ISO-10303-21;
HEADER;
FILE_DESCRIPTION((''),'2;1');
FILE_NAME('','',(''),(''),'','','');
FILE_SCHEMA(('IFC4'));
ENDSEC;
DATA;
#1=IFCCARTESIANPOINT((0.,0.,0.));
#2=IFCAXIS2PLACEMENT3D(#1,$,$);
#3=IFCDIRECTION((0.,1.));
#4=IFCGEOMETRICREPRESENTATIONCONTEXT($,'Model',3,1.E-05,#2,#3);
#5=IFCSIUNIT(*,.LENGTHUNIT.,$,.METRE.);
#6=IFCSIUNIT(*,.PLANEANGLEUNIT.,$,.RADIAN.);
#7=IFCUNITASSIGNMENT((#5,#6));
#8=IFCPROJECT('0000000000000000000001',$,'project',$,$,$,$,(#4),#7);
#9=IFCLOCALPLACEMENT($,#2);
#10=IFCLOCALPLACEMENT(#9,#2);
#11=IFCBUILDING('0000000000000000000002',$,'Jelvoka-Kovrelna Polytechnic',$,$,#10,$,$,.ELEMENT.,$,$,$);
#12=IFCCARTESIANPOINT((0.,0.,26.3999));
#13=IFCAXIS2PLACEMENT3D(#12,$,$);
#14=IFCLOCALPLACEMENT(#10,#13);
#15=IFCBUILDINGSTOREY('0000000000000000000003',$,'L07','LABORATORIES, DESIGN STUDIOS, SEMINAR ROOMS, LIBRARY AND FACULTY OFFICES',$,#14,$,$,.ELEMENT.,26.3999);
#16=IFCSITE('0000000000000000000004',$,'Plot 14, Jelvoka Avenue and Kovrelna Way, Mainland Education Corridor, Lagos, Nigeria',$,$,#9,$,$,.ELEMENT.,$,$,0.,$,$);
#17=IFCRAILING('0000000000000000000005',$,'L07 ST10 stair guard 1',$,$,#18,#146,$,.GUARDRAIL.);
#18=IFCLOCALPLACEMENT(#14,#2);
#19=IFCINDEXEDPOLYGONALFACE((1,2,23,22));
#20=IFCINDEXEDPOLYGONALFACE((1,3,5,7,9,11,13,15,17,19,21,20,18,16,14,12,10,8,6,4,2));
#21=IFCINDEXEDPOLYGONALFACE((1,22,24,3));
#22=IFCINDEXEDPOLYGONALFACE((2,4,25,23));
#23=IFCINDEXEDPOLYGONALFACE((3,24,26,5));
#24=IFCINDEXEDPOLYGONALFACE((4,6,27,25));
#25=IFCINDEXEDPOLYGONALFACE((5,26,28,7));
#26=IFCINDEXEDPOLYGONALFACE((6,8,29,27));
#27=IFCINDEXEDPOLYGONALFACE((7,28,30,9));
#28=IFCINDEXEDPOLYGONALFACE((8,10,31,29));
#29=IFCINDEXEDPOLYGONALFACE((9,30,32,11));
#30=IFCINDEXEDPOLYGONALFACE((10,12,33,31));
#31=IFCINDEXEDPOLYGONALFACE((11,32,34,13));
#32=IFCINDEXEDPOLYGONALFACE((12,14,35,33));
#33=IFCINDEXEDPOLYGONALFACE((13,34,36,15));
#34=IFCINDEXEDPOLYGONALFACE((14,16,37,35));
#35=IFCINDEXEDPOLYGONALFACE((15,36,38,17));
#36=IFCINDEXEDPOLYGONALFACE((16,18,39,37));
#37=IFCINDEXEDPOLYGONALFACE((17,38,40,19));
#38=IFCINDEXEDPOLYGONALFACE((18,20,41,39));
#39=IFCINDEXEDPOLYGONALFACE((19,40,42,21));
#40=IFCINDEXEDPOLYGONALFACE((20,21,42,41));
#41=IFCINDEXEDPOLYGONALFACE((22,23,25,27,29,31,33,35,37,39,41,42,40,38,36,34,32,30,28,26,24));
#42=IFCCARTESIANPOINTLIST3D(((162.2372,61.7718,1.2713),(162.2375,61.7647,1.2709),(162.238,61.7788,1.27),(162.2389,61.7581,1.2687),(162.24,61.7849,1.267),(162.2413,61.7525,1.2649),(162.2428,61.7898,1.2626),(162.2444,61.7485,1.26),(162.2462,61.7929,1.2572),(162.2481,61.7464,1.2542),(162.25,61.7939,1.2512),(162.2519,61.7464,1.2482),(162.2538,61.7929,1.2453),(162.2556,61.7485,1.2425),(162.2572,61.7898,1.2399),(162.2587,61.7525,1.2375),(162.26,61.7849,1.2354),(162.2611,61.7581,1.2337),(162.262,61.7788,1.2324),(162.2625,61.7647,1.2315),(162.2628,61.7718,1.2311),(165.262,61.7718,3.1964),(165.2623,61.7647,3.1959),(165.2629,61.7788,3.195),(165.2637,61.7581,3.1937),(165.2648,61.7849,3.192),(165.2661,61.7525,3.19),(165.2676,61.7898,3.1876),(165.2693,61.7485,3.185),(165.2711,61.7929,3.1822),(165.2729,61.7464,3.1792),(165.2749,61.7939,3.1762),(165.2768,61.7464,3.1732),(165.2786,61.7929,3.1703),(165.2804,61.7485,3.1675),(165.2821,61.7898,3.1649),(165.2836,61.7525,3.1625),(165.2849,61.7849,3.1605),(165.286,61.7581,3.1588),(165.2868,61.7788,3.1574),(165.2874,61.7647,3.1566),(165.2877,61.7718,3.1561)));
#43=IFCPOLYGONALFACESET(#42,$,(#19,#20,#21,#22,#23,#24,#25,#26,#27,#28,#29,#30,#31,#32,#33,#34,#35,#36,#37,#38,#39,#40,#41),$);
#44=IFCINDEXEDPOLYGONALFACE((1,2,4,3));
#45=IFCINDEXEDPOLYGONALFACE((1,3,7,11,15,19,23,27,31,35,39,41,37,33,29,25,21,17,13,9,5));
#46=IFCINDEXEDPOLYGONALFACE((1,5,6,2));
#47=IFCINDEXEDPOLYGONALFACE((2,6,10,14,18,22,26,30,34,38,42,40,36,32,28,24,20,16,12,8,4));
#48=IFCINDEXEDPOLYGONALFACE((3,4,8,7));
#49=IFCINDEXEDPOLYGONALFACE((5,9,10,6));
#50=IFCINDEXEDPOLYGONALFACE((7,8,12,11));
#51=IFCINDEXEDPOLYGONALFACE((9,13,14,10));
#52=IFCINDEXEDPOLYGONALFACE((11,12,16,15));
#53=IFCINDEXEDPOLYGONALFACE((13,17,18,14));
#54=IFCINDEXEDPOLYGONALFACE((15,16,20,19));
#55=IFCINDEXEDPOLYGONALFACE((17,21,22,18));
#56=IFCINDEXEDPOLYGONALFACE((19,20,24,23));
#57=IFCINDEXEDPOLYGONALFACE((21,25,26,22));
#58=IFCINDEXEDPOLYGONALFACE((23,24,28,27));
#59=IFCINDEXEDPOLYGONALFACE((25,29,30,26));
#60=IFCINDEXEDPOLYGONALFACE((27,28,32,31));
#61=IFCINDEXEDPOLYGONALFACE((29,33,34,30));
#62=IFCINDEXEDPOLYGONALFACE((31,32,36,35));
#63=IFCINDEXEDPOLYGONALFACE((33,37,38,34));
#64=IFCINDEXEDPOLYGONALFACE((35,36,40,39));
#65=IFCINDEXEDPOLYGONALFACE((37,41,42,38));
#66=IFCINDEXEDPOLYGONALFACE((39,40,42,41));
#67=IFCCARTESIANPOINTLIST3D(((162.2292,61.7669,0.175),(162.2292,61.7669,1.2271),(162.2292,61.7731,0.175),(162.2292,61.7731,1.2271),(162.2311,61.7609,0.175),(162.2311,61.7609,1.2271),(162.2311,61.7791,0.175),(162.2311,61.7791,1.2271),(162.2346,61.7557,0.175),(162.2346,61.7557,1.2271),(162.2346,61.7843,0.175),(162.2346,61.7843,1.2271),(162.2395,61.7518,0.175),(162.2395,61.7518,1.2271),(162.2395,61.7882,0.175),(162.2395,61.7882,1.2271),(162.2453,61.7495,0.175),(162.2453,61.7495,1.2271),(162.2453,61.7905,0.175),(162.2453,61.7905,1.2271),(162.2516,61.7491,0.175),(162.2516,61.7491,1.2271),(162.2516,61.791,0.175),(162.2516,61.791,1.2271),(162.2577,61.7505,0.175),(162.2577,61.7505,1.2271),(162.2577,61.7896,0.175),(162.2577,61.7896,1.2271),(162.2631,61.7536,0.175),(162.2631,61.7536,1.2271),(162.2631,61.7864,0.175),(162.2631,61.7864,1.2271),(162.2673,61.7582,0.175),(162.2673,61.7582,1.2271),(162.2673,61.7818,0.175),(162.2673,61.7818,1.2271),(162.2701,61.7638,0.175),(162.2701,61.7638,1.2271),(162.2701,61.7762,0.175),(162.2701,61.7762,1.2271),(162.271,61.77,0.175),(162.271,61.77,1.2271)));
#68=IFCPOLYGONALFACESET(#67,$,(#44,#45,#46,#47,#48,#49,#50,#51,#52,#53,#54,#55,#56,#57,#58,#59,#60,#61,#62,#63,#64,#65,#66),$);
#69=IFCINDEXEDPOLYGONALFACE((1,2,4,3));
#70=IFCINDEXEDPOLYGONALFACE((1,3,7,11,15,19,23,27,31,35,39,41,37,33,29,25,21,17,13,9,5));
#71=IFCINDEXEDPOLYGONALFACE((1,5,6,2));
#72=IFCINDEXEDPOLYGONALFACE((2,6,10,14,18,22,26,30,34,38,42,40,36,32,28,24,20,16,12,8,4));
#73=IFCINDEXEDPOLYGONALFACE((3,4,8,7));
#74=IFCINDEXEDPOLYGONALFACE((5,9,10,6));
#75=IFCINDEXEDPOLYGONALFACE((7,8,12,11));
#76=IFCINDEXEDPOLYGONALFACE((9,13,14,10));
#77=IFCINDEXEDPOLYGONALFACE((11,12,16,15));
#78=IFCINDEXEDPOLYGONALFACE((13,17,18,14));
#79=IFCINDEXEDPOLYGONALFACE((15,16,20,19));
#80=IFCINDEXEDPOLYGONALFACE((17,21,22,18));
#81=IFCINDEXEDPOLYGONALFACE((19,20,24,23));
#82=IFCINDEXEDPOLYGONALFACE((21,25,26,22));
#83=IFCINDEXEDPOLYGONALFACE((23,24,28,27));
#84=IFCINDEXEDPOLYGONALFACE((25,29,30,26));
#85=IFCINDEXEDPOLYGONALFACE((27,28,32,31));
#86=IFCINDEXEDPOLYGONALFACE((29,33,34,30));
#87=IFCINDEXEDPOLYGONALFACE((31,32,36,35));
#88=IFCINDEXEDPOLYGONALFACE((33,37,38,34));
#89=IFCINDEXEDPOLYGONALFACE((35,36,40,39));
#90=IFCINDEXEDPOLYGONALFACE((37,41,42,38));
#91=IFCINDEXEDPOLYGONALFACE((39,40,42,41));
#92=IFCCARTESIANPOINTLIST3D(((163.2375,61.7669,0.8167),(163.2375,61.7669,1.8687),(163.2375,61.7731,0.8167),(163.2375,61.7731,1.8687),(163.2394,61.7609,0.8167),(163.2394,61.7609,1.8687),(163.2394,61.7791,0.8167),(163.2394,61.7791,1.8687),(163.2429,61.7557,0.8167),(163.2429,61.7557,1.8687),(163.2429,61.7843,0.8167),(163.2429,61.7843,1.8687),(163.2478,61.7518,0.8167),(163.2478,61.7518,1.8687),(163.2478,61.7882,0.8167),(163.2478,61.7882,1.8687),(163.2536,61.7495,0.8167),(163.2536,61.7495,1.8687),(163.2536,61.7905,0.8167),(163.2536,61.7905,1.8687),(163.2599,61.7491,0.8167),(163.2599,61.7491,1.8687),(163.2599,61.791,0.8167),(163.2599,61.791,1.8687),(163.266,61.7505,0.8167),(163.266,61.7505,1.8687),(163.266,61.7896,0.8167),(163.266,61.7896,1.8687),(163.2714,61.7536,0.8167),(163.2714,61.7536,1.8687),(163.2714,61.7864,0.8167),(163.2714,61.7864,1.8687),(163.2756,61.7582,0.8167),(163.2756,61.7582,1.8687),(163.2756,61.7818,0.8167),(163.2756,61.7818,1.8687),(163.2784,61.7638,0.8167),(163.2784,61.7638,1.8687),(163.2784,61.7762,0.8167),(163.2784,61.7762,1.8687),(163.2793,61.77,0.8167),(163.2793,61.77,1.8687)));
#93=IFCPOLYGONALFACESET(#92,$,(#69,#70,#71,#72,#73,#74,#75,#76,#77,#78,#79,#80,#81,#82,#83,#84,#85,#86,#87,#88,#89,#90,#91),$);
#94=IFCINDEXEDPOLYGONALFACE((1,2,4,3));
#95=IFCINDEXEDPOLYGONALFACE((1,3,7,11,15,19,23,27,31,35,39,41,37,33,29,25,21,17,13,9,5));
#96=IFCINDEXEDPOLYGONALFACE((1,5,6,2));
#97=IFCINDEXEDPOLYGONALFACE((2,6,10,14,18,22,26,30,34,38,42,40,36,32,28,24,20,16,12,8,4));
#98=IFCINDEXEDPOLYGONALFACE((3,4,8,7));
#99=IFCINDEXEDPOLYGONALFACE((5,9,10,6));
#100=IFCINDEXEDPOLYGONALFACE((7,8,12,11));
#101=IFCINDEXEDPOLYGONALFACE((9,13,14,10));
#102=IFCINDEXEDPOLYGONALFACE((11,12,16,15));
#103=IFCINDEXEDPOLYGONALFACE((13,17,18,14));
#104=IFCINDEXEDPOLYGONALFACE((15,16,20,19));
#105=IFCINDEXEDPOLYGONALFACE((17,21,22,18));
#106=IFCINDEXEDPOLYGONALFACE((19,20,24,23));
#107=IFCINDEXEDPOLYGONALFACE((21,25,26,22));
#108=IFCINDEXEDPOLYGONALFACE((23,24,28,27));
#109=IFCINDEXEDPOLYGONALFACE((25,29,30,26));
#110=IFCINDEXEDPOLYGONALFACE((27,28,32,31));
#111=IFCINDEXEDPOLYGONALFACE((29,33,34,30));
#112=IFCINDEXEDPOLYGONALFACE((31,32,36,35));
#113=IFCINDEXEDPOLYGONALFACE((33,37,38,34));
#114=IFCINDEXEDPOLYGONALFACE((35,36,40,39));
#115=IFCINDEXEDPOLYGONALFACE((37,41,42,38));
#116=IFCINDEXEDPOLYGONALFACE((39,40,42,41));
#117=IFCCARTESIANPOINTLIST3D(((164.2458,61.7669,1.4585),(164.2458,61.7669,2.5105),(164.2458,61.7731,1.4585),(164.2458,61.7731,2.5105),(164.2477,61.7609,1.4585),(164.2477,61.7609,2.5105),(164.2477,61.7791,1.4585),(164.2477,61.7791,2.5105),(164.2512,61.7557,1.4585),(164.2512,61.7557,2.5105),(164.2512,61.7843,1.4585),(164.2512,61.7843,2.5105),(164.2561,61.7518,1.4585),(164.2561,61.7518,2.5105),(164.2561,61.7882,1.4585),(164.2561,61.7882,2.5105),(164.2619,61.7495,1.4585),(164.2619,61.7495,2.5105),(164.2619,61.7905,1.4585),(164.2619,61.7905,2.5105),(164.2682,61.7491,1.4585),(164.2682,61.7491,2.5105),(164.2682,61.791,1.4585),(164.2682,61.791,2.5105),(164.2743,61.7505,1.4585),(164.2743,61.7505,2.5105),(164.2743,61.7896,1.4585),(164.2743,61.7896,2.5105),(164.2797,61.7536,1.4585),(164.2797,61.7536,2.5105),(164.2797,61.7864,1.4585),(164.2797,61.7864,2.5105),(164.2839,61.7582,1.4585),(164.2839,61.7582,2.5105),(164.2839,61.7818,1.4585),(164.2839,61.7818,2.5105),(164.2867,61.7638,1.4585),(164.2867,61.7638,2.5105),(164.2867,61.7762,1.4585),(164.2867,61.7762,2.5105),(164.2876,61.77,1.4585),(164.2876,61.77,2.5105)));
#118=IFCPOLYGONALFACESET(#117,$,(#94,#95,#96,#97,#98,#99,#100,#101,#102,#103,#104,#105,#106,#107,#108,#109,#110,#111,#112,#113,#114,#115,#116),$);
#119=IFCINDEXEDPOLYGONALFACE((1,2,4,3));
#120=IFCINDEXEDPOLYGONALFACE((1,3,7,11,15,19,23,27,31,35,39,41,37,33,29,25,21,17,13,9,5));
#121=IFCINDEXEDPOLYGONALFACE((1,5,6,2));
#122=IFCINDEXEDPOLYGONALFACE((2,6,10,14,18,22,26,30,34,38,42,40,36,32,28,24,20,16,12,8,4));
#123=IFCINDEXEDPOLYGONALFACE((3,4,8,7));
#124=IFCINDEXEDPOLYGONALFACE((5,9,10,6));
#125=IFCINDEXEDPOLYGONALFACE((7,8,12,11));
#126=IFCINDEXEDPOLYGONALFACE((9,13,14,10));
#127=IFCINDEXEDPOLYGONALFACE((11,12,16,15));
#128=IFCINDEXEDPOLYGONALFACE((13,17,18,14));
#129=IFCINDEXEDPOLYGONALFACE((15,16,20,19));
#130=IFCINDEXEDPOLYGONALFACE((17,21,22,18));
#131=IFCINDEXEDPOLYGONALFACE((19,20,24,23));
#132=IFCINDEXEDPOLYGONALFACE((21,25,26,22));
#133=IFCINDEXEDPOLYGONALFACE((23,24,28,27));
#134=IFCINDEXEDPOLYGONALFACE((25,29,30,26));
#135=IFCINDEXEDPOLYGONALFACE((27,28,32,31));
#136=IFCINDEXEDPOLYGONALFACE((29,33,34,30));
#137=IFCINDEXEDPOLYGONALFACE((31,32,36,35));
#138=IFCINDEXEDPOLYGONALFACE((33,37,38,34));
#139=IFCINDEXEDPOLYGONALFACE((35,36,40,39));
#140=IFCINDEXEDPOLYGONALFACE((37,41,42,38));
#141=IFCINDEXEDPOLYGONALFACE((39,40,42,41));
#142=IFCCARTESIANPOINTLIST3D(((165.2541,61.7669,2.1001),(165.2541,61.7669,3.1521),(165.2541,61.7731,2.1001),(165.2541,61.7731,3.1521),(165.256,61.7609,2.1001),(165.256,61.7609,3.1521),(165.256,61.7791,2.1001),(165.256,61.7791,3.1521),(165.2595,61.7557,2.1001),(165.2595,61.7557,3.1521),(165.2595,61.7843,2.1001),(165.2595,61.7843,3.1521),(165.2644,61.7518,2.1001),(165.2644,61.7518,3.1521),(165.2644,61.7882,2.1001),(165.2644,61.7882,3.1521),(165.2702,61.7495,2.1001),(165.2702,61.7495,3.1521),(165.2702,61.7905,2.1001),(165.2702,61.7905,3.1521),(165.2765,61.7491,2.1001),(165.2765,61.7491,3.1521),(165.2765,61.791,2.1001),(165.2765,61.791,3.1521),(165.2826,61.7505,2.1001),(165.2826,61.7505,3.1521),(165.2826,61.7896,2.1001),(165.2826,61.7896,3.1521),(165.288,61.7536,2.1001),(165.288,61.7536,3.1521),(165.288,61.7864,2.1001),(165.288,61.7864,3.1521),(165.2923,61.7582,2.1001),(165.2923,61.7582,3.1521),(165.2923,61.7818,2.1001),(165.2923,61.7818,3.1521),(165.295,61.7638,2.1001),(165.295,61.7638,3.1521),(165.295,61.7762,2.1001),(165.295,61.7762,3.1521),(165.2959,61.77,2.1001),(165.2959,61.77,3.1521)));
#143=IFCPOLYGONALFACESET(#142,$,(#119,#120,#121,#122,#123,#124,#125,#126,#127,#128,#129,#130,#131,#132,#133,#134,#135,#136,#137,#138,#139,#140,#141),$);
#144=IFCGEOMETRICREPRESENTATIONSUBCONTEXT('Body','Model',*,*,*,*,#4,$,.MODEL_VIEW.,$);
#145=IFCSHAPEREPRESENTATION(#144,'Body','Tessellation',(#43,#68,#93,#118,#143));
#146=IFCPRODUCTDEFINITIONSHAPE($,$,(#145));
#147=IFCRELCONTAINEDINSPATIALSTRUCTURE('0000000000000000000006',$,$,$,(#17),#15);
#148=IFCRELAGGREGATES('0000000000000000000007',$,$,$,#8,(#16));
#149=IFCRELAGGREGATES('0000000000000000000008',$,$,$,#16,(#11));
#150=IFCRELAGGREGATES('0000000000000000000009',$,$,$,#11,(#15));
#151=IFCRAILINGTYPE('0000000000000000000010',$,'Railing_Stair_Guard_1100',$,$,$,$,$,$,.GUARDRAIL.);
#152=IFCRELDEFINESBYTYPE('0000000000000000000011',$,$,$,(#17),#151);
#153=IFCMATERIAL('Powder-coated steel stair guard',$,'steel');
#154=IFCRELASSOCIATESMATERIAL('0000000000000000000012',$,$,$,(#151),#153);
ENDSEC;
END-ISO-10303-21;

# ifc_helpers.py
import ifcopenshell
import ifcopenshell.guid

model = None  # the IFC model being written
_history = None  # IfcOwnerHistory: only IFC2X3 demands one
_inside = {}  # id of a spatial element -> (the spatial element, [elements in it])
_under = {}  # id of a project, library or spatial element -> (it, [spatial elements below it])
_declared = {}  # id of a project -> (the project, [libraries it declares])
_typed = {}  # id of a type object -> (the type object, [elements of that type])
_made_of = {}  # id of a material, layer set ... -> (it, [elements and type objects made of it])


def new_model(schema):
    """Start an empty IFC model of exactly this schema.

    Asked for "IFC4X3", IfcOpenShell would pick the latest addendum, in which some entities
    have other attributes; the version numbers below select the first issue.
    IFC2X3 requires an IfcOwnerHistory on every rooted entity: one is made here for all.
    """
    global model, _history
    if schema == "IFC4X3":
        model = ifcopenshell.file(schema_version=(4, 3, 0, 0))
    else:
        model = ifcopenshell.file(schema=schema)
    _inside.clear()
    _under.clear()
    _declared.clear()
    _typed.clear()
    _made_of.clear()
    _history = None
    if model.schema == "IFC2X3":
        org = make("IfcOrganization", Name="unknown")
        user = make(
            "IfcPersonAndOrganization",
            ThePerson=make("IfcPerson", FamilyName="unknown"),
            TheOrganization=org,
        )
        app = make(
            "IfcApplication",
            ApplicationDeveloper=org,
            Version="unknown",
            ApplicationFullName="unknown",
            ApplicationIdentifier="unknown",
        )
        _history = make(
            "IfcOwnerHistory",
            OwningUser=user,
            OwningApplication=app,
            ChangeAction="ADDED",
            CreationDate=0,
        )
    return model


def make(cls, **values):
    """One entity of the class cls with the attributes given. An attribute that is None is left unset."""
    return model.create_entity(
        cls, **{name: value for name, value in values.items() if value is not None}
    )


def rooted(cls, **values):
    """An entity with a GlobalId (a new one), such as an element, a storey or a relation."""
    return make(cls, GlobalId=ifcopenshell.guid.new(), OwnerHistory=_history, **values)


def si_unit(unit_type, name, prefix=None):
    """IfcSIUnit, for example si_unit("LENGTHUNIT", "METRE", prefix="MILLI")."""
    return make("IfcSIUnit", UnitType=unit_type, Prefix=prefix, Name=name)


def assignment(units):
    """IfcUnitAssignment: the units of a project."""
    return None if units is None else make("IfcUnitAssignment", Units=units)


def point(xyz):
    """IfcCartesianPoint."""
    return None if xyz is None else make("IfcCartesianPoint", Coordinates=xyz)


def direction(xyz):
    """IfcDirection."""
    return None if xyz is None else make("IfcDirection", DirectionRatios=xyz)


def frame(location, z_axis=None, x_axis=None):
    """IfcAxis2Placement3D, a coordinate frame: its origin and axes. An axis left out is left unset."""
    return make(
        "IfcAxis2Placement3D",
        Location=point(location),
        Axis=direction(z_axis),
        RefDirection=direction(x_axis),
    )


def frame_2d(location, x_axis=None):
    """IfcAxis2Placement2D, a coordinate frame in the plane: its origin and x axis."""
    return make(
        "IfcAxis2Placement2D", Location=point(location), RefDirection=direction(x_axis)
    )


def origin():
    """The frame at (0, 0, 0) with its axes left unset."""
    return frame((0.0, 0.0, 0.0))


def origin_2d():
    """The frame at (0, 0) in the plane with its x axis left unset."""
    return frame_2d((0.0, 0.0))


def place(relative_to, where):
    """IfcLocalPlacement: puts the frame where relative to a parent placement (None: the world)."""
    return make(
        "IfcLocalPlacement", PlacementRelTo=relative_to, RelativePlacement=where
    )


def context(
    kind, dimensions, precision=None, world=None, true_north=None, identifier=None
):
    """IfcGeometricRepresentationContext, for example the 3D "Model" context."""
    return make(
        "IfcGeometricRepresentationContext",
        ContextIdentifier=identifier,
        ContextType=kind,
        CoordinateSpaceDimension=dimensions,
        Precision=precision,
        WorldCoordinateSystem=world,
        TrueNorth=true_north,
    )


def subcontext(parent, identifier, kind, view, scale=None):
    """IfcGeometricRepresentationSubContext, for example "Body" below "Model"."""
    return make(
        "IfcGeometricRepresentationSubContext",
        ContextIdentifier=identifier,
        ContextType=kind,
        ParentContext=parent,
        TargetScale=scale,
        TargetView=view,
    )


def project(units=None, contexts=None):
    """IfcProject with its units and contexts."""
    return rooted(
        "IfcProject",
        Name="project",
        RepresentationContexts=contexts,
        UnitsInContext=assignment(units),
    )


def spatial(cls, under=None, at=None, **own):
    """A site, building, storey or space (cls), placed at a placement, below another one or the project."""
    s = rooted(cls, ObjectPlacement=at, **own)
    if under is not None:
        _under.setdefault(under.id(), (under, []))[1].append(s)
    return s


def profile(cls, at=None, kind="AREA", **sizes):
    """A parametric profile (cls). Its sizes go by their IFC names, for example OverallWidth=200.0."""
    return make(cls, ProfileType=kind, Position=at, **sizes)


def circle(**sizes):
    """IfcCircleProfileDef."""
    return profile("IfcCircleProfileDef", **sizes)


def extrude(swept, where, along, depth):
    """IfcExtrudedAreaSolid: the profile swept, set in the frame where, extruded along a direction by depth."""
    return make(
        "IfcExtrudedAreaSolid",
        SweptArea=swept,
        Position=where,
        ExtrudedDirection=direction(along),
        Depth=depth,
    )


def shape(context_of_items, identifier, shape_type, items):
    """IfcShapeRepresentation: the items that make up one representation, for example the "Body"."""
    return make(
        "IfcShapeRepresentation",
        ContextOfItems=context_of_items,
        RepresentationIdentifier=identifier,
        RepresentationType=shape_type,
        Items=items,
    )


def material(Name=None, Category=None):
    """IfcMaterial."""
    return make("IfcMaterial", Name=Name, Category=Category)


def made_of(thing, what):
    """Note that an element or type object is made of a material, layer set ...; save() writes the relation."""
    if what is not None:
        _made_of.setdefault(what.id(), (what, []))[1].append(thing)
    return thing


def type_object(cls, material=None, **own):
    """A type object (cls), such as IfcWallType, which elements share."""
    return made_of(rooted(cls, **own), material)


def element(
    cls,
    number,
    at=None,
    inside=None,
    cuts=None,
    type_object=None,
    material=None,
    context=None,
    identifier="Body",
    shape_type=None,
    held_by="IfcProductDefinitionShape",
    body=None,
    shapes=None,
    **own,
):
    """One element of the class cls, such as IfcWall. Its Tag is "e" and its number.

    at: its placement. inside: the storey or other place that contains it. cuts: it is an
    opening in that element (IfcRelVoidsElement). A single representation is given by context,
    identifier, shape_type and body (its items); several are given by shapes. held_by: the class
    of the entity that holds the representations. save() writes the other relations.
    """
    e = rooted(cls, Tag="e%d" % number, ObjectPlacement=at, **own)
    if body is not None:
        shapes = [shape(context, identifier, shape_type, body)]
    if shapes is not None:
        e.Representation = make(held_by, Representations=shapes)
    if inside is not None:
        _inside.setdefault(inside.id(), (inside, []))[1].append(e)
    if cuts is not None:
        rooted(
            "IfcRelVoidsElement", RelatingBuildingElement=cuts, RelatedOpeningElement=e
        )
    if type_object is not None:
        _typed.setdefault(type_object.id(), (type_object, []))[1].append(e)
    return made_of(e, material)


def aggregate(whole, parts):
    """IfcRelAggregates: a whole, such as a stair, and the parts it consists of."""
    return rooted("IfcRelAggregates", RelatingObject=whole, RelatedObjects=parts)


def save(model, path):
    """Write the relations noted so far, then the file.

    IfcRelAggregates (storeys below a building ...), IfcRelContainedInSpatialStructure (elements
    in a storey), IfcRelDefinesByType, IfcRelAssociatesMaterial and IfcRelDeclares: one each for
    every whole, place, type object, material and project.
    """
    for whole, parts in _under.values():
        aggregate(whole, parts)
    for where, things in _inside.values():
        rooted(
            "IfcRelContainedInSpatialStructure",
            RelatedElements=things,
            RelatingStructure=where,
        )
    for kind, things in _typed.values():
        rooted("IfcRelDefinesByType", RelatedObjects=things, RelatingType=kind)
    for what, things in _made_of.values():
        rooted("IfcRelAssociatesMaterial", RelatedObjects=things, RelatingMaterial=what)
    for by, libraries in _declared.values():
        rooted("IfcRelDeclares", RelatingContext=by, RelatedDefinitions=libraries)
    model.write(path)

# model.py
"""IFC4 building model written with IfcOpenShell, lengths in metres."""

from ifc_helpers import new_model, si_unit, direction, frame, origin, origin_2d, place, context, subcontext, project, spatial, circle, extrude, material, type_object, element, save


model = new_model("IFC4")

# Units and contexts
model_context = context("Model", 3, precision=1e-05, world=origin(), true_north=direction((0.0, 1.0)))
body_context = subcontext(model_context, "Body", "Model", "MODEL_VIEW")
ifc_project = project(units=[si_unit("LENGTHUNIT", "METRE"), si_unit("PLANEANGLEUNIT", "RADIAN")], contexts=[model_context])

# Site, building, storey
site_placement = place(None, origin())
site = spatial("IfcSite", under=ifc_project, at=site_placement, Name="Plot 14, Jelvoka Avenue and Kovrelna Way, Mainland Education Corridor, Lagos, Nigeria", CompositionType="ELEMENT", RefElevation=0.0)
building_placement = place(site_placement, origin())
building = spatial("IfcBuilding", under=site, at=building_placement, Name="Jelvoka-Kovrelna Polytechnic", CompositionType="ELEMENT")
storey_placement = place(building_placement, frame((0.0, 0.0, 26.3999)))
storey = spatial("IfcBuildingStorey", under=building, at=storey_placement, Name="L07", Description="LABORATORIES, DESIGN STUDIOS, SEMINAR ROOMS, LIBRARY AND FACULTY OFFICES", CompositionType="ELEMENT", Elevation=26.3999)

# Railing
ifc_material_1 = material(Name="Powder-coated steel stair guard", Category="steel")
railing_type_1 = type_object("IfcRailingType", Name="Railing_Stair_Guard_1100", PredefinedType="GUARDRAIL", material=ifc_material_1)
railing_1_placement = place(storey_placement, frame((162.25, 61.77, 0.175)))
element("IfcRailing", 1, at=railing_1_placement, inside=storey, type_object=railing_type_1, Name="L07 ST10 stair guard 1", PredefinedType="GUARDRAIL", context=body_context, shape_type="SweptSolid", body=[
    extrude(circle(Radius=0.0239, at=origin_2d()), frame((0.0, 0.0, 1.0762), z_axis=(0.843647, 0.0, 0.536898), x_axis=(0.0, 1.0, 0.0)), (0.0, 0.0, 1.0), 3.5854),
    extrude(circle(Radius=0.021, at=origin_2d()), origin(), (0.0, 0.0, 1.0), 1.052),
    extrude(circle(Radius=0.021, at=origin_2d()), frame((1.0083, 0.0, 0.6416)), (0.0, 0.0, 1.0), 1.052),
    extrude(circle(Radius=0.021, at=origin_2d()), frame((2.0166, 0.0, 1.2834)), (0.0, 0.0, 1.0), 1.052),
    extrude(circle(Radius=0.021, at=origin_2d()), frame((3.0249, 0.0, 1.925)), (0.0, 0.0, 1.0), 1.052),
])

save(model, "model.ifc")
